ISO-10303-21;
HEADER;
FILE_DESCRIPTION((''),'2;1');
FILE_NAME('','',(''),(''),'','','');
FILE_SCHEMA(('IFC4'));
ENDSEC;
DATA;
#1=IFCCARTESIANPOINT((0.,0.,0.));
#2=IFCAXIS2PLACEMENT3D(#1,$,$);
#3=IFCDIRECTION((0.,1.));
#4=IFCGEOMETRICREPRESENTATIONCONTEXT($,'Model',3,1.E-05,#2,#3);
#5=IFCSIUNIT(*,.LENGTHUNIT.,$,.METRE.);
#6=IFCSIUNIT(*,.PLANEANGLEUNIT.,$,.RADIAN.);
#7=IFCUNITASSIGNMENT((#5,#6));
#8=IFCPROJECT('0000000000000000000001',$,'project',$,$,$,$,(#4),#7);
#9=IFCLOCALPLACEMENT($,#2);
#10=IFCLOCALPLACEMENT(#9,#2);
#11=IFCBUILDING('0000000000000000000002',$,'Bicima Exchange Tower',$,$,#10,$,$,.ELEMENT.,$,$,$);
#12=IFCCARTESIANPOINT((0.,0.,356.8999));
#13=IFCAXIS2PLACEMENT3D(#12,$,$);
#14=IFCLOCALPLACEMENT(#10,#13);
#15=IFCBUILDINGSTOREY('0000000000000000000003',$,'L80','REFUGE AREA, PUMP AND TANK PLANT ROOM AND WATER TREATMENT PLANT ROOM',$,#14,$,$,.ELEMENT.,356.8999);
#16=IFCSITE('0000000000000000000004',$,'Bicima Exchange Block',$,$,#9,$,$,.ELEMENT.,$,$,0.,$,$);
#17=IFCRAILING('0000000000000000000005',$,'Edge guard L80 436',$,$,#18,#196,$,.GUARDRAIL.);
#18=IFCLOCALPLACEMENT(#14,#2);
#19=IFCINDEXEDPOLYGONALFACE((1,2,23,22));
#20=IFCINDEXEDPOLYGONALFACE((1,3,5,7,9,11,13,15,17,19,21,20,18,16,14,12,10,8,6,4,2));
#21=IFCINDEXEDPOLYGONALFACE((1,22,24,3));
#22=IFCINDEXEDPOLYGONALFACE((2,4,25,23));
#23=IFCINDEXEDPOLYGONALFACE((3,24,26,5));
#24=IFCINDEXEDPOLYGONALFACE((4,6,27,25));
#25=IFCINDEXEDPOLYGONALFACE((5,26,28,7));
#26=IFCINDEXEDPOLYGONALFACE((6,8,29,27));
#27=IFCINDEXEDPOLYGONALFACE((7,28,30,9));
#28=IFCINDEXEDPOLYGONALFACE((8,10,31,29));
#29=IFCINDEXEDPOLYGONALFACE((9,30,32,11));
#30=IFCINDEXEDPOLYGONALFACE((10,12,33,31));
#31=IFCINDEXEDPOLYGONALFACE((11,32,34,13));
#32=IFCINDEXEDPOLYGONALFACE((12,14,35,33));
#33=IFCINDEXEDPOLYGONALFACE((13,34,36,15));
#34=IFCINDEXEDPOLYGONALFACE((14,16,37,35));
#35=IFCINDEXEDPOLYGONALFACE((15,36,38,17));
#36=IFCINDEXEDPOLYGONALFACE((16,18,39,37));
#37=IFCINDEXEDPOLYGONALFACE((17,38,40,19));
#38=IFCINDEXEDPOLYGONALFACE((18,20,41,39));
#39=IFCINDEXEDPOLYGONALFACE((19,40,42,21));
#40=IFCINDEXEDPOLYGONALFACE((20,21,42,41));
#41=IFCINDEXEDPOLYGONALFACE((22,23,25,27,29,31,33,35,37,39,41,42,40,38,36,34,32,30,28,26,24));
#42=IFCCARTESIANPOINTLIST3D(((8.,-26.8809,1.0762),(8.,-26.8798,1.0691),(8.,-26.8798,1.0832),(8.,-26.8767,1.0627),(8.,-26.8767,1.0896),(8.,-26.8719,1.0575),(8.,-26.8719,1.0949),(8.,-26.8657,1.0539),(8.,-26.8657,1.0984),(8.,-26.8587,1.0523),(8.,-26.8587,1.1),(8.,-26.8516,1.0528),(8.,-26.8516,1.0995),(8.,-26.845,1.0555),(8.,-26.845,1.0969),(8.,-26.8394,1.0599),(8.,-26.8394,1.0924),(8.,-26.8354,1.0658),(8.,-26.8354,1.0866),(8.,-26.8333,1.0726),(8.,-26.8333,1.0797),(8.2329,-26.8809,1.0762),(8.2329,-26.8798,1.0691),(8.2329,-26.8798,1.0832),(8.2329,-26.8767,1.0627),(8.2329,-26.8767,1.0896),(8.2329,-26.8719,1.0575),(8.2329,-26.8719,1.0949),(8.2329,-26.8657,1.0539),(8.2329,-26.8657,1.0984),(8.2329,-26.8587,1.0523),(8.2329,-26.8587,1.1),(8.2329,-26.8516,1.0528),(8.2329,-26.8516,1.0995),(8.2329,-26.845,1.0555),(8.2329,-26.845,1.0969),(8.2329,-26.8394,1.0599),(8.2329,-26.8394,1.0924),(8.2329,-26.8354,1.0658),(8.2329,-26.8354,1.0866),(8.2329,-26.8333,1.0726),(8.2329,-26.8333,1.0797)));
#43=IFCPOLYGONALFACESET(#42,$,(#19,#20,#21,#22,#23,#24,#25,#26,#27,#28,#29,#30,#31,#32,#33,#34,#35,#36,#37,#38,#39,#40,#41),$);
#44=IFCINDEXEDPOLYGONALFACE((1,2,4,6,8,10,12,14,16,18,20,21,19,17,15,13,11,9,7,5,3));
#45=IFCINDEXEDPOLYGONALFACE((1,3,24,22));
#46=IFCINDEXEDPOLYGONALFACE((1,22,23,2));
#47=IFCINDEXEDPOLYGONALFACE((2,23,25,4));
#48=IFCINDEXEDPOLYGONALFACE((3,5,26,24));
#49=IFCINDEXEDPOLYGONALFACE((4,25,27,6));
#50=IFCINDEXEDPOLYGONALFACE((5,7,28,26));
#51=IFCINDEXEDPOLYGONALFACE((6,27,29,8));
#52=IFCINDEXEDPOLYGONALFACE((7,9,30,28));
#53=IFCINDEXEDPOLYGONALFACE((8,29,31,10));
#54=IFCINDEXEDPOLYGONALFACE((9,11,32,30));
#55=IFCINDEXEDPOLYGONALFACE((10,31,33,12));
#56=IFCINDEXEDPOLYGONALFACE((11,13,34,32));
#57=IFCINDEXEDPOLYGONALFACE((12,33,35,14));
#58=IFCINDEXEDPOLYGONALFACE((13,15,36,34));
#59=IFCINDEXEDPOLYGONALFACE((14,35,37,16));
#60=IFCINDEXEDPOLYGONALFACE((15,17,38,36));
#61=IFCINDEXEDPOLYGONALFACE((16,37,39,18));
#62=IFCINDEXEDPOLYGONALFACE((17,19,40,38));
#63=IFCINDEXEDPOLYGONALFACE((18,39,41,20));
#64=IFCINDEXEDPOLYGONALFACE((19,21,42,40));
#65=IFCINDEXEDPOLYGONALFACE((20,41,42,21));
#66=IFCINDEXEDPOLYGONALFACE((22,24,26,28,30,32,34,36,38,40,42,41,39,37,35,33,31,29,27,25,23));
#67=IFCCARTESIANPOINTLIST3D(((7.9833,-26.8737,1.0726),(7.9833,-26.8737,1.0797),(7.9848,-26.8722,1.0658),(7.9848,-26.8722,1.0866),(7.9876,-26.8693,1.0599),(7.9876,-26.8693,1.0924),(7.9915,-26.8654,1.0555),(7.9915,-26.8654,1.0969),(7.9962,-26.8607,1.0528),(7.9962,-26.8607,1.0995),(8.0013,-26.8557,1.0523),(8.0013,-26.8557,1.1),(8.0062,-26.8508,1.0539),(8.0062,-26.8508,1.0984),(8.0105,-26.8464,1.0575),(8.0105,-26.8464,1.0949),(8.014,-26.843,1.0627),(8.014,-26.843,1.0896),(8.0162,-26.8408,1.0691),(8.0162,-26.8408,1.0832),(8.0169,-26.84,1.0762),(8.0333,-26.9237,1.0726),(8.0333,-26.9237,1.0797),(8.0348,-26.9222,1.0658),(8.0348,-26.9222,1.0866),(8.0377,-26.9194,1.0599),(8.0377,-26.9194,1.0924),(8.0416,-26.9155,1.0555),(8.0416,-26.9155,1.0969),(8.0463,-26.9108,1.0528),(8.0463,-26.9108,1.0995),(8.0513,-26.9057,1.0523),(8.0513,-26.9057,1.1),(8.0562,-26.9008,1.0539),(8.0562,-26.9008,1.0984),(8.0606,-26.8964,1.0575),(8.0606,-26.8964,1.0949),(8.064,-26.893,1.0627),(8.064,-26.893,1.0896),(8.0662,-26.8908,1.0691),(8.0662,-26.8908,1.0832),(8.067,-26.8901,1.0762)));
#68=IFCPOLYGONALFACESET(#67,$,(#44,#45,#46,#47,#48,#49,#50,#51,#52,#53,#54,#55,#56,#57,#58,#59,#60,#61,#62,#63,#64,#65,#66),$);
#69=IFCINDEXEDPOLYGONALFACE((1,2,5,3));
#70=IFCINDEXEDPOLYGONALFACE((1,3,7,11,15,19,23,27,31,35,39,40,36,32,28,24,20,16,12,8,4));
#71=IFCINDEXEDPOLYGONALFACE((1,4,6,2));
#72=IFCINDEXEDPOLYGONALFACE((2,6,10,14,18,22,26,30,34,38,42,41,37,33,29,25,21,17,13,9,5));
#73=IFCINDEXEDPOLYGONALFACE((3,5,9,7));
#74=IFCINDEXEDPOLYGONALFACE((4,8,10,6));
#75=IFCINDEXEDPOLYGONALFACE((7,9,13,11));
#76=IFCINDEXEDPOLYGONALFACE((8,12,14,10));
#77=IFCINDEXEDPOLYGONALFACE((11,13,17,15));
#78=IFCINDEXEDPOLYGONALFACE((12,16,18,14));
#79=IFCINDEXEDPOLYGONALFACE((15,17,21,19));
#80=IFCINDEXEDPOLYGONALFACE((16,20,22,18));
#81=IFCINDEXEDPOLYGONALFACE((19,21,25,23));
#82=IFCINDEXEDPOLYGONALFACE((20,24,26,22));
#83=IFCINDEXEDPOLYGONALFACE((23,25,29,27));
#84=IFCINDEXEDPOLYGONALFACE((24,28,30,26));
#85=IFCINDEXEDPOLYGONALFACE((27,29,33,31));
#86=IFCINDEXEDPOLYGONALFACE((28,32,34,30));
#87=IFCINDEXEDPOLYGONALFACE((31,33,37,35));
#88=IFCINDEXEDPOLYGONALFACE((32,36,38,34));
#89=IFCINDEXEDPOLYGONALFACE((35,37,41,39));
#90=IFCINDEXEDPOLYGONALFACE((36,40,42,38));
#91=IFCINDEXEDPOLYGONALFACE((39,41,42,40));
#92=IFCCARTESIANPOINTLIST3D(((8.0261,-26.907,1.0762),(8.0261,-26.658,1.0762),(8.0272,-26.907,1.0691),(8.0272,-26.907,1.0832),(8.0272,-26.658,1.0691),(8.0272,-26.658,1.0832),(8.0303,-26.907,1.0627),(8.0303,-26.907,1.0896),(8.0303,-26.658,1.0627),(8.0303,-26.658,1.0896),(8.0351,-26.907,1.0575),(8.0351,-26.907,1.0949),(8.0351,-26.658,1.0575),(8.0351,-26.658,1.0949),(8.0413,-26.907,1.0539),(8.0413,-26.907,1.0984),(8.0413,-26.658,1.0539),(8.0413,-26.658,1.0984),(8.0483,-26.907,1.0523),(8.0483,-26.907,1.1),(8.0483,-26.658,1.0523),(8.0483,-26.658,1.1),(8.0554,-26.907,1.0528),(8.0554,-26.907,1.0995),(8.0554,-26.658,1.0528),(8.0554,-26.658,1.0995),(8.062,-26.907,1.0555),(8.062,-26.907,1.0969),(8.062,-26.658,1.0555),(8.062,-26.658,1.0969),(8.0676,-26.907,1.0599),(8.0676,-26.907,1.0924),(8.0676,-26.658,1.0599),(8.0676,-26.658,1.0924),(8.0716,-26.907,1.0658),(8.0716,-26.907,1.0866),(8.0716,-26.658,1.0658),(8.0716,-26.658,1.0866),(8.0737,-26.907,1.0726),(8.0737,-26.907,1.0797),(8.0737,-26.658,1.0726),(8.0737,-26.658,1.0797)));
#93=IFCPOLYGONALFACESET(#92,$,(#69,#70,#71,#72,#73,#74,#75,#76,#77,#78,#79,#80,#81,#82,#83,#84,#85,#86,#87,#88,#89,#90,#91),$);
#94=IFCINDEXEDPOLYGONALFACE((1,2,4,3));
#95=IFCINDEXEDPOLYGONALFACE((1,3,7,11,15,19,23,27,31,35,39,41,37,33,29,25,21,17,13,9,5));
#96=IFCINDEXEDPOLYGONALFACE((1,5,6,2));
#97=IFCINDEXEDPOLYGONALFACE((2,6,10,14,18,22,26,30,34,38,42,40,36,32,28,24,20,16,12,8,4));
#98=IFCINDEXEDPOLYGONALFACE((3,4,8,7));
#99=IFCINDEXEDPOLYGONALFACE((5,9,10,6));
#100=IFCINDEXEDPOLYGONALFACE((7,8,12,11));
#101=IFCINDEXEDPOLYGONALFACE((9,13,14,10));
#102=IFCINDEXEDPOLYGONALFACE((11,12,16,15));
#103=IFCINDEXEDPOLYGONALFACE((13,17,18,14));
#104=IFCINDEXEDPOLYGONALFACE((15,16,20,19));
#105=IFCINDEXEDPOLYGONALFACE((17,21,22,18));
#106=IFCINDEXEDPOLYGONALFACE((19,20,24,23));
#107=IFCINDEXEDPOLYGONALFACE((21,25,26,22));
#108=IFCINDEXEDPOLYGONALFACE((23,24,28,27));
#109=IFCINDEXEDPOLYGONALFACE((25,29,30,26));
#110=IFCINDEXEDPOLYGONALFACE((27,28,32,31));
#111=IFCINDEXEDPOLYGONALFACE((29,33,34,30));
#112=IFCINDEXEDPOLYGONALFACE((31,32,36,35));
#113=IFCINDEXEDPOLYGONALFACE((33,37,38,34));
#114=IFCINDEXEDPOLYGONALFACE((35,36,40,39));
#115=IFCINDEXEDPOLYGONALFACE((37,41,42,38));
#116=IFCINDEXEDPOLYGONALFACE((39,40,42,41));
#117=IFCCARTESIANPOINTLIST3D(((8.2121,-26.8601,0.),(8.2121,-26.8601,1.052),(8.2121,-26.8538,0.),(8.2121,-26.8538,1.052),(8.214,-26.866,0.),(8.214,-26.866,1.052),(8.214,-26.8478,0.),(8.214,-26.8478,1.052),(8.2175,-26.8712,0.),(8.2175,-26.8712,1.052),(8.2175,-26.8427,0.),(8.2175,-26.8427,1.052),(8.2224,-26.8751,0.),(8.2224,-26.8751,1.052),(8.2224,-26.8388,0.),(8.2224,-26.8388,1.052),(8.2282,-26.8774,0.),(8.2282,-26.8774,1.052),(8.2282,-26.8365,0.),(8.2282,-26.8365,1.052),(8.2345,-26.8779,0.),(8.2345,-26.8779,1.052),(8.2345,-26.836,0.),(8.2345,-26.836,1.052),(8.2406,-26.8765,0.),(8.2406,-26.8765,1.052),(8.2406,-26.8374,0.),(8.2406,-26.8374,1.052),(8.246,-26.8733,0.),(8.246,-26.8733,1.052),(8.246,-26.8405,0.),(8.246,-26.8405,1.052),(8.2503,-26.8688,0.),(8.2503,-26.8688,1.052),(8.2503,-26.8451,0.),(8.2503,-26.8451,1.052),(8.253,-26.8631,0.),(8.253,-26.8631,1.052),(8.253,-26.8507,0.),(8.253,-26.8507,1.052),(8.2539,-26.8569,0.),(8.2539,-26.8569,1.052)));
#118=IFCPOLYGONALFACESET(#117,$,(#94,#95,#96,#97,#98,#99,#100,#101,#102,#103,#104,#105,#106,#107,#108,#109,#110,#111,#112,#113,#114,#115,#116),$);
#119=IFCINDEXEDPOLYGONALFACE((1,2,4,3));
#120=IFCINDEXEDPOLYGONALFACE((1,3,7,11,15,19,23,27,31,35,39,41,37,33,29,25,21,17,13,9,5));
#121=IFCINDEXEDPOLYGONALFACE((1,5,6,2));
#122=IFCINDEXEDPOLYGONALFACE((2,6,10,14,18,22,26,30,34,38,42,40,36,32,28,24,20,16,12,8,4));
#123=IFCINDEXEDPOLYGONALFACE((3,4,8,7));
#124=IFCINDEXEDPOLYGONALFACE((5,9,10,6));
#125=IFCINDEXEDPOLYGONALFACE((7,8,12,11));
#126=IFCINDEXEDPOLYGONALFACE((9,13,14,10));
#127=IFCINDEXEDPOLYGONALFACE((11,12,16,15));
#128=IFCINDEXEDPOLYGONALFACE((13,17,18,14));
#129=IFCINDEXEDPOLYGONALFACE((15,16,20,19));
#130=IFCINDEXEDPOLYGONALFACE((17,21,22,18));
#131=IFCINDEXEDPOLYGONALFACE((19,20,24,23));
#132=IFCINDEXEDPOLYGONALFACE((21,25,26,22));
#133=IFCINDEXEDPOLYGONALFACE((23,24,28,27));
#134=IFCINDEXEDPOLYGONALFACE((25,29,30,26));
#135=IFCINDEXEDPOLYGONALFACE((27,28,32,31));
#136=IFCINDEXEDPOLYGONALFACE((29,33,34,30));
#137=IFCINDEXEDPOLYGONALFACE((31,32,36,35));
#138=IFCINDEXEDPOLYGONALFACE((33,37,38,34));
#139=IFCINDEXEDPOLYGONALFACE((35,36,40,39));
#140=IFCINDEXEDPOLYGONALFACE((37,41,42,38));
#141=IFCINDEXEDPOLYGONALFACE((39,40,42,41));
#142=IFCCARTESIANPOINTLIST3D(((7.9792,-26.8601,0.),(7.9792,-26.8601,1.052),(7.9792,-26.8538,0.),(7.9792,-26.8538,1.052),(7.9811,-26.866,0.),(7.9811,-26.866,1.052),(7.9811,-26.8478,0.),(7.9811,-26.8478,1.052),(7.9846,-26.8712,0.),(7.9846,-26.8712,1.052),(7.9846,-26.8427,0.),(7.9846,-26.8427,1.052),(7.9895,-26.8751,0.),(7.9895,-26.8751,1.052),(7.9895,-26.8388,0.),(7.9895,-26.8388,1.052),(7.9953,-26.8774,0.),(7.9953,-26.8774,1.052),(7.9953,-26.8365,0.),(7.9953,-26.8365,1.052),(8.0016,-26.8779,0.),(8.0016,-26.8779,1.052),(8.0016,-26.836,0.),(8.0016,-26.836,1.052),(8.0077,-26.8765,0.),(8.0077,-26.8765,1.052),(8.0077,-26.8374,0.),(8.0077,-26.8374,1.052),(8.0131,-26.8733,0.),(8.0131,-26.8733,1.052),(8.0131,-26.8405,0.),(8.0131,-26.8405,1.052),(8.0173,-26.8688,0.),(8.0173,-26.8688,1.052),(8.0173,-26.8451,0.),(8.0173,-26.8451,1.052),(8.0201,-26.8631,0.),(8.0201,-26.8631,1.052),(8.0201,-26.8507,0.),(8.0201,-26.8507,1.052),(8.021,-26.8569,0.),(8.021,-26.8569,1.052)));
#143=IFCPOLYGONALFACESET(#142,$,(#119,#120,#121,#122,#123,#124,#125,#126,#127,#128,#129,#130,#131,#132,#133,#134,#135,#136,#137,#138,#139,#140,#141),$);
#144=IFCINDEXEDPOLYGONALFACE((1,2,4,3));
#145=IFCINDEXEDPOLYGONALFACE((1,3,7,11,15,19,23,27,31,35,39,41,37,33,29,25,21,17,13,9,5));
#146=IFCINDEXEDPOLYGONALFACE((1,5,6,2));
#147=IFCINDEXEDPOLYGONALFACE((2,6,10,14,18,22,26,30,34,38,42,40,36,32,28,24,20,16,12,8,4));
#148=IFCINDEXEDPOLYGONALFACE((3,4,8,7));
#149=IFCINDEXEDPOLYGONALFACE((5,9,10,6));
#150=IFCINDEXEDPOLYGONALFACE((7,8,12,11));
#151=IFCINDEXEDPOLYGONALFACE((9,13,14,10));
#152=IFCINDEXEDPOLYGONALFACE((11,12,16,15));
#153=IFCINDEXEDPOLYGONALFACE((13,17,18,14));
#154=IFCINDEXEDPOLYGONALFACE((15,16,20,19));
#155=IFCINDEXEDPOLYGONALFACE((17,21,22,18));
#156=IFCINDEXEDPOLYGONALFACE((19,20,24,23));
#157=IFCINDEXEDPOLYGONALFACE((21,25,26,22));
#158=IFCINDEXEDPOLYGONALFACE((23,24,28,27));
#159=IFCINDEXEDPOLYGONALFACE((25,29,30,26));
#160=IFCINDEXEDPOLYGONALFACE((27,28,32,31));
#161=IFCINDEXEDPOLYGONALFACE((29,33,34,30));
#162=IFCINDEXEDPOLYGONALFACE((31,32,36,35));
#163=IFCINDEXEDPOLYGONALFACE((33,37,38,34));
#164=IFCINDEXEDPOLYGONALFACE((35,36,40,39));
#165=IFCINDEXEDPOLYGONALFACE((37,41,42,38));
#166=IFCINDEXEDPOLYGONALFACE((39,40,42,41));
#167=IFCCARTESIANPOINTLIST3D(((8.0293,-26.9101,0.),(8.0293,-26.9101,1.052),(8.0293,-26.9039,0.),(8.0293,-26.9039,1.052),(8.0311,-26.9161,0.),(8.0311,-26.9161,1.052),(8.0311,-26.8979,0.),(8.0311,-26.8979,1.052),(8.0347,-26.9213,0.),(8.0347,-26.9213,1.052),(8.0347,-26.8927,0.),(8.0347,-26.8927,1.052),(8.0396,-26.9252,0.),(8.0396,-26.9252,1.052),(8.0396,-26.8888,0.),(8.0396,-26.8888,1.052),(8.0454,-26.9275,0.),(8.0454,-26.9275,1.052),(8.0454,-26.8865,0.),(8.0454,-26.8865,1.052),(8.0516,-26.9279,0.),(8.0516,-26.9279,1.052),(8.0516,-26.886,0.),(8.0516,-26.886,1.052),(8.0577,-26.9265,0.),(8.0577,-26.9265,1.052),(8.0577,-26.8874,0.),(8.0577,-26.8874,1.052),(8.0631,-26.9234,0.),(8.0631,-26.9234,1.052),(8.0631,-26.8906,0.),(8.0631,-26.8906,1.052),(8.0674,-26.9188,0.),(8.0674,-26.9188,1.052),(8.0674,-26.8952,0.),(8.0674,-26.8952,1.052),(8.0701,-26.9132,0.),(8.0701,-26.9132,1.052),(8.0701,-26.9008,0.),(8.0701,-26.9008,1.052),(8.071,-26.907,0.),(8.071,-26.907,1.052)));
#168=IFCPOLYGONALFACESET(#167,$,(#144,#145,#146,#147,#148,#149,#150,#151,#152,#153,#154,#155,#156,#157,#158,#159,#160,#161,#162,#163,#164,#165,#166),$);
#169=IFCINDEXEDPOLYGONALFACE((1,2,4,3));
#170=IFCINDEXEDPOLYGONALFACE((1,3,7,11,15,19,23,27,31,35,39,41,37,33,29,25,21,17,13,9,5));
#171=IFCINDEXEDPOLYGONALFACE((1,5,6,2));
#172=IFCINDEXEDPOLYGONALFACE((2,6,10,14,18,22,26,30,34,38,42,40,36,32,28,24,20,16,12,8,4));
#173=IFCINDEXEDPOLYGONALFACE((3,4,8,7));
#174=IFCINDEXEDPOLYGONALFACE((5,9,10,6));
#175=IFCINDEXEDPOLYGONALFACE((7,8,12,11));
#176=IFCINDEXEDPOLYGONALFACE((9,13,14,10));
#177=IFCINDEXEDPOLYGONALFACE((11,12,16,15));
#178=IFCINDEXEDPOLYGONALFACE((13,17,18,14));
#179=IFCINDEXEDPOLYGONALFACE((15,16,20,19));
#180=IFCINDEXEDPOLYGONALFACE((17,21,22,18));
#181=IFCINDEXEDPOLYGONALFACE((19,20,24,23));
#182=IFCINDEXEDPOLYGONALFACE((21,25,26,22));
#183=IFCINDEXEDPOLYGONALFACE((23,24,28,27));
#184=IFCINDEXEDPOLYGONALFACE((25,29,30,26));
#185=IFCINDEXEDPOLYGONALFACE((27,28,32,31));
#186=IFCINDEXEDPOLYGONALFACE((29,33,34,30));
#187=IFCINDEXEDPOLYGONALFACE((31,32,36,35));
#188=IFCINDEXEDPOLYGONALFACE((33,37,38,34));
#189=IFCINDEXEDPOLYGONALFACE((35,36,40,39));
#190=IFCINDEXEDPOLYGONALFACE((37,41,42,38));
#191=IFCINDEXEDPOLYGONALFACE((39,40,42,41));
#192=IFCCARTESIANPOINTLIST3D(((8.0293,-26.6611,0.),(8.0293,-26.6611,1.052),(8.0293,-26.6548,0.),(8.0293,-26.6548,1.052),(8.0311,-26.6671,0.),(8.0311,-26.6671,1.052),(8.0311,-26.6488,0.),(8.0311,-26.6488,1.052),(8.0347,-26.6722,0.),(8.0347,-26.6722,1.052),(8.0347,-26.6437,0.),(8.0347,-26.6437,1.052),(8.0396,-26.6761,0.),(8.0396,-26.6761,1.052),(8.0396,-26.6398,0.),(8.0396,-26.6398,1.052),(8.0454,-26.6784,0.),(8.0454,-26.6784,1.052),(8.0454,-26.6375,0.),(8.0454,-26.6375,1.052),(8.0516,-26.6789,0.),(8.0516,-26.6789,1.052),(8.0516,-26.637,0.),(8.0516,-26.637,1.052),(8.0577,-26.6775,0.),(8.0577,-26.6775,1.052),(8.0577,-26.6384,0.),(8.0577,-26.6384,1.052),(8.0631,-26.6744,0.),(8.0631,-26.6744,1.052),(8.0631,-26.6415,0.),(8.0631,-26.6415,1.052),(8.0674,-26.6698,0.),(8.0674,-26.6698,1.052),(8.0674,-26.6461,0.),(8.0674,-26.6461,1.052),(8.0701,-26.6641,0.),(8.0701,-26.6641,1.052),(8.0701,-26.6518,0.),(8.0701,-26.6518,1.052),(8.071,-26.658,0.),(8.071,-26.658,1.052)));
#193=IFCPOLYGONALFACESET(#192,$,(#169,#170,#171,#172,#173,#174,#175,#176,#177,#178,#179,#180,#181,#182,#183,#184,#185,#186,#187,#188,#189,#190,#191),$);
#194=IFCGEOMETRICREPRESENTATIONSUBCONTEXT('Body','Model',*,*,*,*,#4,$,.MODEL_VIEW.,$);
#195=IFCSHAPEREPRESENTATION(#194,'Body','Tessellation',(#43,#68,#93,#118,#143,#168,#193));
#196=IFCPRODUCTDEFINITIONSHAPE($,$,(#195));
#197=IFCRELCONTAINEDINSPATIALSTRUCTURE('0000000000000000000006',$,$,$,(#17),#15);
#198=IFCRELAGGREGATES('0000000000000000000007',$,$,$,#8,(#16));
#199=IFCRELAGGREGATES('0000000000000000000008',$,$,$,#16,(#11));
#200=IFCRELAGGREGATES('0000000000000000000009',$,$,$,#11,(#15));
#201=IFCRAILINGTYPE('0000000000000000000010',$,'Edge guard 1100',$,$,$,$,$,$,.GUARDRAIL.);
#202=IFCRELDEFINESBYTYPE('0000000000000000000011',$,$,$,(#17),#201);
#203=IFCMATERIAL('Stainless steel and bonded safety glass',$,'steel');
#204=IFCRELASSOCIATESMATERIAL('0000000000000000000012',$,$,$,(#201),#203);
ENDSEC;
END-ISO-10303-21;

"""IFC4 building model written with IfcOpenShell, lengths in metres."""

from ifc_helpers import new_model, si_unit, direction, frame, origin, origin_2d, place, context, subcontext, project, spatial, circle, extrude, material, type_object, element, save


model = new_model("IFC4")

# Units and contexts
model_context = context("Model", 3, precision=1e-05, world=origin(), true_north=direction((0.0, 1.0)))
body_context = subcontext(model_context, "Body", "Model", "MODEL_VIEW")
ifc_project = project(units=[si_unit("LENGTHUNIT", "METRE"), si_unit("PLANEANGLEUNIT", "RADIAN")], contexts=[model_context])

# Site, building, storey
site_placement = place(None, origin())
site = spatial("IfcSite", under=ifc_project, at=site_placement, Name="Bicima Exchange Block", CompositionType="ELEMENT", RefElevation=0.0)
building_placement = place(site_placement, origin())
building = spatial("IfcBuilding", under=site, at=building_placement, Name="Bicima Exchange Tower", CompositionType="ELEMENT")
storey_placement = place(building_placement, frame((0.0, 0.0, 356.8999)))
storey = spatial("IfcBuildingStorey", under=building, at=storey_placement, Name="L80", Description="REFUGE AREA, PUMP AND TANK PLANT ROOM AND WATER TREATMENT PLANT ROOM", CompositionType="ELEMENT", Elevation=356.8999)

# Railing
ifc_material_1 = material(Name="Stainless steel and bonded safety glass", Category="steel")
railing_type = type_object("IfcRailingType", Name="Edge guard 1100", PredefinedType="GUARDRAIL", material=ifc_material_1)
railing_placement = place(storey_placement, frame((8.2329, -26.8569, 0.0)))
element("IfcRailing", 1, at=railing_placement, inside=storey, type_object=railing_type, Name="Edge guard L80 436", PredefinedType="GUARDRAIL", context=body_context, shape_type="SweptSolid", body=[
    extrude(circle(Radius=0.0239, at=origin_2d()), frame((0.0, 0.0, 1.0762), z_axis=(-1.0, 0.0, 0.0), x_axis=(0.0, -1.0, 0.0)), (0.0, 0.0, 1.0), 0.2329),
    extrude(circle(Radius=0.0239, at=origin_2d()), frame((-0.2329, 0.0, 1.0762), z_axis=(0.707107, -0.707107, 0.0), x_axis=(0.707107, 0.707107, 0.0)), (0.0, 0.0, 1.0), 0.0708),
    extrude(circle(Radius=0.0239, at=origin_2d()), frame((-0.1829, -0.05, 1.0762), z_axis=(0.0, 1.0, 0.0), x_axis=(-1.0, 0.0, 0.0)), (0.0, 0.0, 1.0), 0.249),
    extrude(circle(Radius=0.021, at=origin_2d()), origin(), (0.0, 0.0, 1.0), 1.052),
    extrude(circle(Radius=0.021, at=origin_2d()), frame((-0.2329, 0.0, 0.0)), (0.0, 0.0, 1.0), 1.052),
    extrude(circle(Radius=0.021, at=origin_2d()), frame((-0.1829, -0.05, 0.0)), (0.0, 0.0, 1.0), 1.052),
    extrude(circle(Radius=0.021, at=origin_2d()), frame((-0.1829, 0.199, 0.0)), (0.0, 0.0, 1.0), 1.052),
])

save(model, "model.ifc")
